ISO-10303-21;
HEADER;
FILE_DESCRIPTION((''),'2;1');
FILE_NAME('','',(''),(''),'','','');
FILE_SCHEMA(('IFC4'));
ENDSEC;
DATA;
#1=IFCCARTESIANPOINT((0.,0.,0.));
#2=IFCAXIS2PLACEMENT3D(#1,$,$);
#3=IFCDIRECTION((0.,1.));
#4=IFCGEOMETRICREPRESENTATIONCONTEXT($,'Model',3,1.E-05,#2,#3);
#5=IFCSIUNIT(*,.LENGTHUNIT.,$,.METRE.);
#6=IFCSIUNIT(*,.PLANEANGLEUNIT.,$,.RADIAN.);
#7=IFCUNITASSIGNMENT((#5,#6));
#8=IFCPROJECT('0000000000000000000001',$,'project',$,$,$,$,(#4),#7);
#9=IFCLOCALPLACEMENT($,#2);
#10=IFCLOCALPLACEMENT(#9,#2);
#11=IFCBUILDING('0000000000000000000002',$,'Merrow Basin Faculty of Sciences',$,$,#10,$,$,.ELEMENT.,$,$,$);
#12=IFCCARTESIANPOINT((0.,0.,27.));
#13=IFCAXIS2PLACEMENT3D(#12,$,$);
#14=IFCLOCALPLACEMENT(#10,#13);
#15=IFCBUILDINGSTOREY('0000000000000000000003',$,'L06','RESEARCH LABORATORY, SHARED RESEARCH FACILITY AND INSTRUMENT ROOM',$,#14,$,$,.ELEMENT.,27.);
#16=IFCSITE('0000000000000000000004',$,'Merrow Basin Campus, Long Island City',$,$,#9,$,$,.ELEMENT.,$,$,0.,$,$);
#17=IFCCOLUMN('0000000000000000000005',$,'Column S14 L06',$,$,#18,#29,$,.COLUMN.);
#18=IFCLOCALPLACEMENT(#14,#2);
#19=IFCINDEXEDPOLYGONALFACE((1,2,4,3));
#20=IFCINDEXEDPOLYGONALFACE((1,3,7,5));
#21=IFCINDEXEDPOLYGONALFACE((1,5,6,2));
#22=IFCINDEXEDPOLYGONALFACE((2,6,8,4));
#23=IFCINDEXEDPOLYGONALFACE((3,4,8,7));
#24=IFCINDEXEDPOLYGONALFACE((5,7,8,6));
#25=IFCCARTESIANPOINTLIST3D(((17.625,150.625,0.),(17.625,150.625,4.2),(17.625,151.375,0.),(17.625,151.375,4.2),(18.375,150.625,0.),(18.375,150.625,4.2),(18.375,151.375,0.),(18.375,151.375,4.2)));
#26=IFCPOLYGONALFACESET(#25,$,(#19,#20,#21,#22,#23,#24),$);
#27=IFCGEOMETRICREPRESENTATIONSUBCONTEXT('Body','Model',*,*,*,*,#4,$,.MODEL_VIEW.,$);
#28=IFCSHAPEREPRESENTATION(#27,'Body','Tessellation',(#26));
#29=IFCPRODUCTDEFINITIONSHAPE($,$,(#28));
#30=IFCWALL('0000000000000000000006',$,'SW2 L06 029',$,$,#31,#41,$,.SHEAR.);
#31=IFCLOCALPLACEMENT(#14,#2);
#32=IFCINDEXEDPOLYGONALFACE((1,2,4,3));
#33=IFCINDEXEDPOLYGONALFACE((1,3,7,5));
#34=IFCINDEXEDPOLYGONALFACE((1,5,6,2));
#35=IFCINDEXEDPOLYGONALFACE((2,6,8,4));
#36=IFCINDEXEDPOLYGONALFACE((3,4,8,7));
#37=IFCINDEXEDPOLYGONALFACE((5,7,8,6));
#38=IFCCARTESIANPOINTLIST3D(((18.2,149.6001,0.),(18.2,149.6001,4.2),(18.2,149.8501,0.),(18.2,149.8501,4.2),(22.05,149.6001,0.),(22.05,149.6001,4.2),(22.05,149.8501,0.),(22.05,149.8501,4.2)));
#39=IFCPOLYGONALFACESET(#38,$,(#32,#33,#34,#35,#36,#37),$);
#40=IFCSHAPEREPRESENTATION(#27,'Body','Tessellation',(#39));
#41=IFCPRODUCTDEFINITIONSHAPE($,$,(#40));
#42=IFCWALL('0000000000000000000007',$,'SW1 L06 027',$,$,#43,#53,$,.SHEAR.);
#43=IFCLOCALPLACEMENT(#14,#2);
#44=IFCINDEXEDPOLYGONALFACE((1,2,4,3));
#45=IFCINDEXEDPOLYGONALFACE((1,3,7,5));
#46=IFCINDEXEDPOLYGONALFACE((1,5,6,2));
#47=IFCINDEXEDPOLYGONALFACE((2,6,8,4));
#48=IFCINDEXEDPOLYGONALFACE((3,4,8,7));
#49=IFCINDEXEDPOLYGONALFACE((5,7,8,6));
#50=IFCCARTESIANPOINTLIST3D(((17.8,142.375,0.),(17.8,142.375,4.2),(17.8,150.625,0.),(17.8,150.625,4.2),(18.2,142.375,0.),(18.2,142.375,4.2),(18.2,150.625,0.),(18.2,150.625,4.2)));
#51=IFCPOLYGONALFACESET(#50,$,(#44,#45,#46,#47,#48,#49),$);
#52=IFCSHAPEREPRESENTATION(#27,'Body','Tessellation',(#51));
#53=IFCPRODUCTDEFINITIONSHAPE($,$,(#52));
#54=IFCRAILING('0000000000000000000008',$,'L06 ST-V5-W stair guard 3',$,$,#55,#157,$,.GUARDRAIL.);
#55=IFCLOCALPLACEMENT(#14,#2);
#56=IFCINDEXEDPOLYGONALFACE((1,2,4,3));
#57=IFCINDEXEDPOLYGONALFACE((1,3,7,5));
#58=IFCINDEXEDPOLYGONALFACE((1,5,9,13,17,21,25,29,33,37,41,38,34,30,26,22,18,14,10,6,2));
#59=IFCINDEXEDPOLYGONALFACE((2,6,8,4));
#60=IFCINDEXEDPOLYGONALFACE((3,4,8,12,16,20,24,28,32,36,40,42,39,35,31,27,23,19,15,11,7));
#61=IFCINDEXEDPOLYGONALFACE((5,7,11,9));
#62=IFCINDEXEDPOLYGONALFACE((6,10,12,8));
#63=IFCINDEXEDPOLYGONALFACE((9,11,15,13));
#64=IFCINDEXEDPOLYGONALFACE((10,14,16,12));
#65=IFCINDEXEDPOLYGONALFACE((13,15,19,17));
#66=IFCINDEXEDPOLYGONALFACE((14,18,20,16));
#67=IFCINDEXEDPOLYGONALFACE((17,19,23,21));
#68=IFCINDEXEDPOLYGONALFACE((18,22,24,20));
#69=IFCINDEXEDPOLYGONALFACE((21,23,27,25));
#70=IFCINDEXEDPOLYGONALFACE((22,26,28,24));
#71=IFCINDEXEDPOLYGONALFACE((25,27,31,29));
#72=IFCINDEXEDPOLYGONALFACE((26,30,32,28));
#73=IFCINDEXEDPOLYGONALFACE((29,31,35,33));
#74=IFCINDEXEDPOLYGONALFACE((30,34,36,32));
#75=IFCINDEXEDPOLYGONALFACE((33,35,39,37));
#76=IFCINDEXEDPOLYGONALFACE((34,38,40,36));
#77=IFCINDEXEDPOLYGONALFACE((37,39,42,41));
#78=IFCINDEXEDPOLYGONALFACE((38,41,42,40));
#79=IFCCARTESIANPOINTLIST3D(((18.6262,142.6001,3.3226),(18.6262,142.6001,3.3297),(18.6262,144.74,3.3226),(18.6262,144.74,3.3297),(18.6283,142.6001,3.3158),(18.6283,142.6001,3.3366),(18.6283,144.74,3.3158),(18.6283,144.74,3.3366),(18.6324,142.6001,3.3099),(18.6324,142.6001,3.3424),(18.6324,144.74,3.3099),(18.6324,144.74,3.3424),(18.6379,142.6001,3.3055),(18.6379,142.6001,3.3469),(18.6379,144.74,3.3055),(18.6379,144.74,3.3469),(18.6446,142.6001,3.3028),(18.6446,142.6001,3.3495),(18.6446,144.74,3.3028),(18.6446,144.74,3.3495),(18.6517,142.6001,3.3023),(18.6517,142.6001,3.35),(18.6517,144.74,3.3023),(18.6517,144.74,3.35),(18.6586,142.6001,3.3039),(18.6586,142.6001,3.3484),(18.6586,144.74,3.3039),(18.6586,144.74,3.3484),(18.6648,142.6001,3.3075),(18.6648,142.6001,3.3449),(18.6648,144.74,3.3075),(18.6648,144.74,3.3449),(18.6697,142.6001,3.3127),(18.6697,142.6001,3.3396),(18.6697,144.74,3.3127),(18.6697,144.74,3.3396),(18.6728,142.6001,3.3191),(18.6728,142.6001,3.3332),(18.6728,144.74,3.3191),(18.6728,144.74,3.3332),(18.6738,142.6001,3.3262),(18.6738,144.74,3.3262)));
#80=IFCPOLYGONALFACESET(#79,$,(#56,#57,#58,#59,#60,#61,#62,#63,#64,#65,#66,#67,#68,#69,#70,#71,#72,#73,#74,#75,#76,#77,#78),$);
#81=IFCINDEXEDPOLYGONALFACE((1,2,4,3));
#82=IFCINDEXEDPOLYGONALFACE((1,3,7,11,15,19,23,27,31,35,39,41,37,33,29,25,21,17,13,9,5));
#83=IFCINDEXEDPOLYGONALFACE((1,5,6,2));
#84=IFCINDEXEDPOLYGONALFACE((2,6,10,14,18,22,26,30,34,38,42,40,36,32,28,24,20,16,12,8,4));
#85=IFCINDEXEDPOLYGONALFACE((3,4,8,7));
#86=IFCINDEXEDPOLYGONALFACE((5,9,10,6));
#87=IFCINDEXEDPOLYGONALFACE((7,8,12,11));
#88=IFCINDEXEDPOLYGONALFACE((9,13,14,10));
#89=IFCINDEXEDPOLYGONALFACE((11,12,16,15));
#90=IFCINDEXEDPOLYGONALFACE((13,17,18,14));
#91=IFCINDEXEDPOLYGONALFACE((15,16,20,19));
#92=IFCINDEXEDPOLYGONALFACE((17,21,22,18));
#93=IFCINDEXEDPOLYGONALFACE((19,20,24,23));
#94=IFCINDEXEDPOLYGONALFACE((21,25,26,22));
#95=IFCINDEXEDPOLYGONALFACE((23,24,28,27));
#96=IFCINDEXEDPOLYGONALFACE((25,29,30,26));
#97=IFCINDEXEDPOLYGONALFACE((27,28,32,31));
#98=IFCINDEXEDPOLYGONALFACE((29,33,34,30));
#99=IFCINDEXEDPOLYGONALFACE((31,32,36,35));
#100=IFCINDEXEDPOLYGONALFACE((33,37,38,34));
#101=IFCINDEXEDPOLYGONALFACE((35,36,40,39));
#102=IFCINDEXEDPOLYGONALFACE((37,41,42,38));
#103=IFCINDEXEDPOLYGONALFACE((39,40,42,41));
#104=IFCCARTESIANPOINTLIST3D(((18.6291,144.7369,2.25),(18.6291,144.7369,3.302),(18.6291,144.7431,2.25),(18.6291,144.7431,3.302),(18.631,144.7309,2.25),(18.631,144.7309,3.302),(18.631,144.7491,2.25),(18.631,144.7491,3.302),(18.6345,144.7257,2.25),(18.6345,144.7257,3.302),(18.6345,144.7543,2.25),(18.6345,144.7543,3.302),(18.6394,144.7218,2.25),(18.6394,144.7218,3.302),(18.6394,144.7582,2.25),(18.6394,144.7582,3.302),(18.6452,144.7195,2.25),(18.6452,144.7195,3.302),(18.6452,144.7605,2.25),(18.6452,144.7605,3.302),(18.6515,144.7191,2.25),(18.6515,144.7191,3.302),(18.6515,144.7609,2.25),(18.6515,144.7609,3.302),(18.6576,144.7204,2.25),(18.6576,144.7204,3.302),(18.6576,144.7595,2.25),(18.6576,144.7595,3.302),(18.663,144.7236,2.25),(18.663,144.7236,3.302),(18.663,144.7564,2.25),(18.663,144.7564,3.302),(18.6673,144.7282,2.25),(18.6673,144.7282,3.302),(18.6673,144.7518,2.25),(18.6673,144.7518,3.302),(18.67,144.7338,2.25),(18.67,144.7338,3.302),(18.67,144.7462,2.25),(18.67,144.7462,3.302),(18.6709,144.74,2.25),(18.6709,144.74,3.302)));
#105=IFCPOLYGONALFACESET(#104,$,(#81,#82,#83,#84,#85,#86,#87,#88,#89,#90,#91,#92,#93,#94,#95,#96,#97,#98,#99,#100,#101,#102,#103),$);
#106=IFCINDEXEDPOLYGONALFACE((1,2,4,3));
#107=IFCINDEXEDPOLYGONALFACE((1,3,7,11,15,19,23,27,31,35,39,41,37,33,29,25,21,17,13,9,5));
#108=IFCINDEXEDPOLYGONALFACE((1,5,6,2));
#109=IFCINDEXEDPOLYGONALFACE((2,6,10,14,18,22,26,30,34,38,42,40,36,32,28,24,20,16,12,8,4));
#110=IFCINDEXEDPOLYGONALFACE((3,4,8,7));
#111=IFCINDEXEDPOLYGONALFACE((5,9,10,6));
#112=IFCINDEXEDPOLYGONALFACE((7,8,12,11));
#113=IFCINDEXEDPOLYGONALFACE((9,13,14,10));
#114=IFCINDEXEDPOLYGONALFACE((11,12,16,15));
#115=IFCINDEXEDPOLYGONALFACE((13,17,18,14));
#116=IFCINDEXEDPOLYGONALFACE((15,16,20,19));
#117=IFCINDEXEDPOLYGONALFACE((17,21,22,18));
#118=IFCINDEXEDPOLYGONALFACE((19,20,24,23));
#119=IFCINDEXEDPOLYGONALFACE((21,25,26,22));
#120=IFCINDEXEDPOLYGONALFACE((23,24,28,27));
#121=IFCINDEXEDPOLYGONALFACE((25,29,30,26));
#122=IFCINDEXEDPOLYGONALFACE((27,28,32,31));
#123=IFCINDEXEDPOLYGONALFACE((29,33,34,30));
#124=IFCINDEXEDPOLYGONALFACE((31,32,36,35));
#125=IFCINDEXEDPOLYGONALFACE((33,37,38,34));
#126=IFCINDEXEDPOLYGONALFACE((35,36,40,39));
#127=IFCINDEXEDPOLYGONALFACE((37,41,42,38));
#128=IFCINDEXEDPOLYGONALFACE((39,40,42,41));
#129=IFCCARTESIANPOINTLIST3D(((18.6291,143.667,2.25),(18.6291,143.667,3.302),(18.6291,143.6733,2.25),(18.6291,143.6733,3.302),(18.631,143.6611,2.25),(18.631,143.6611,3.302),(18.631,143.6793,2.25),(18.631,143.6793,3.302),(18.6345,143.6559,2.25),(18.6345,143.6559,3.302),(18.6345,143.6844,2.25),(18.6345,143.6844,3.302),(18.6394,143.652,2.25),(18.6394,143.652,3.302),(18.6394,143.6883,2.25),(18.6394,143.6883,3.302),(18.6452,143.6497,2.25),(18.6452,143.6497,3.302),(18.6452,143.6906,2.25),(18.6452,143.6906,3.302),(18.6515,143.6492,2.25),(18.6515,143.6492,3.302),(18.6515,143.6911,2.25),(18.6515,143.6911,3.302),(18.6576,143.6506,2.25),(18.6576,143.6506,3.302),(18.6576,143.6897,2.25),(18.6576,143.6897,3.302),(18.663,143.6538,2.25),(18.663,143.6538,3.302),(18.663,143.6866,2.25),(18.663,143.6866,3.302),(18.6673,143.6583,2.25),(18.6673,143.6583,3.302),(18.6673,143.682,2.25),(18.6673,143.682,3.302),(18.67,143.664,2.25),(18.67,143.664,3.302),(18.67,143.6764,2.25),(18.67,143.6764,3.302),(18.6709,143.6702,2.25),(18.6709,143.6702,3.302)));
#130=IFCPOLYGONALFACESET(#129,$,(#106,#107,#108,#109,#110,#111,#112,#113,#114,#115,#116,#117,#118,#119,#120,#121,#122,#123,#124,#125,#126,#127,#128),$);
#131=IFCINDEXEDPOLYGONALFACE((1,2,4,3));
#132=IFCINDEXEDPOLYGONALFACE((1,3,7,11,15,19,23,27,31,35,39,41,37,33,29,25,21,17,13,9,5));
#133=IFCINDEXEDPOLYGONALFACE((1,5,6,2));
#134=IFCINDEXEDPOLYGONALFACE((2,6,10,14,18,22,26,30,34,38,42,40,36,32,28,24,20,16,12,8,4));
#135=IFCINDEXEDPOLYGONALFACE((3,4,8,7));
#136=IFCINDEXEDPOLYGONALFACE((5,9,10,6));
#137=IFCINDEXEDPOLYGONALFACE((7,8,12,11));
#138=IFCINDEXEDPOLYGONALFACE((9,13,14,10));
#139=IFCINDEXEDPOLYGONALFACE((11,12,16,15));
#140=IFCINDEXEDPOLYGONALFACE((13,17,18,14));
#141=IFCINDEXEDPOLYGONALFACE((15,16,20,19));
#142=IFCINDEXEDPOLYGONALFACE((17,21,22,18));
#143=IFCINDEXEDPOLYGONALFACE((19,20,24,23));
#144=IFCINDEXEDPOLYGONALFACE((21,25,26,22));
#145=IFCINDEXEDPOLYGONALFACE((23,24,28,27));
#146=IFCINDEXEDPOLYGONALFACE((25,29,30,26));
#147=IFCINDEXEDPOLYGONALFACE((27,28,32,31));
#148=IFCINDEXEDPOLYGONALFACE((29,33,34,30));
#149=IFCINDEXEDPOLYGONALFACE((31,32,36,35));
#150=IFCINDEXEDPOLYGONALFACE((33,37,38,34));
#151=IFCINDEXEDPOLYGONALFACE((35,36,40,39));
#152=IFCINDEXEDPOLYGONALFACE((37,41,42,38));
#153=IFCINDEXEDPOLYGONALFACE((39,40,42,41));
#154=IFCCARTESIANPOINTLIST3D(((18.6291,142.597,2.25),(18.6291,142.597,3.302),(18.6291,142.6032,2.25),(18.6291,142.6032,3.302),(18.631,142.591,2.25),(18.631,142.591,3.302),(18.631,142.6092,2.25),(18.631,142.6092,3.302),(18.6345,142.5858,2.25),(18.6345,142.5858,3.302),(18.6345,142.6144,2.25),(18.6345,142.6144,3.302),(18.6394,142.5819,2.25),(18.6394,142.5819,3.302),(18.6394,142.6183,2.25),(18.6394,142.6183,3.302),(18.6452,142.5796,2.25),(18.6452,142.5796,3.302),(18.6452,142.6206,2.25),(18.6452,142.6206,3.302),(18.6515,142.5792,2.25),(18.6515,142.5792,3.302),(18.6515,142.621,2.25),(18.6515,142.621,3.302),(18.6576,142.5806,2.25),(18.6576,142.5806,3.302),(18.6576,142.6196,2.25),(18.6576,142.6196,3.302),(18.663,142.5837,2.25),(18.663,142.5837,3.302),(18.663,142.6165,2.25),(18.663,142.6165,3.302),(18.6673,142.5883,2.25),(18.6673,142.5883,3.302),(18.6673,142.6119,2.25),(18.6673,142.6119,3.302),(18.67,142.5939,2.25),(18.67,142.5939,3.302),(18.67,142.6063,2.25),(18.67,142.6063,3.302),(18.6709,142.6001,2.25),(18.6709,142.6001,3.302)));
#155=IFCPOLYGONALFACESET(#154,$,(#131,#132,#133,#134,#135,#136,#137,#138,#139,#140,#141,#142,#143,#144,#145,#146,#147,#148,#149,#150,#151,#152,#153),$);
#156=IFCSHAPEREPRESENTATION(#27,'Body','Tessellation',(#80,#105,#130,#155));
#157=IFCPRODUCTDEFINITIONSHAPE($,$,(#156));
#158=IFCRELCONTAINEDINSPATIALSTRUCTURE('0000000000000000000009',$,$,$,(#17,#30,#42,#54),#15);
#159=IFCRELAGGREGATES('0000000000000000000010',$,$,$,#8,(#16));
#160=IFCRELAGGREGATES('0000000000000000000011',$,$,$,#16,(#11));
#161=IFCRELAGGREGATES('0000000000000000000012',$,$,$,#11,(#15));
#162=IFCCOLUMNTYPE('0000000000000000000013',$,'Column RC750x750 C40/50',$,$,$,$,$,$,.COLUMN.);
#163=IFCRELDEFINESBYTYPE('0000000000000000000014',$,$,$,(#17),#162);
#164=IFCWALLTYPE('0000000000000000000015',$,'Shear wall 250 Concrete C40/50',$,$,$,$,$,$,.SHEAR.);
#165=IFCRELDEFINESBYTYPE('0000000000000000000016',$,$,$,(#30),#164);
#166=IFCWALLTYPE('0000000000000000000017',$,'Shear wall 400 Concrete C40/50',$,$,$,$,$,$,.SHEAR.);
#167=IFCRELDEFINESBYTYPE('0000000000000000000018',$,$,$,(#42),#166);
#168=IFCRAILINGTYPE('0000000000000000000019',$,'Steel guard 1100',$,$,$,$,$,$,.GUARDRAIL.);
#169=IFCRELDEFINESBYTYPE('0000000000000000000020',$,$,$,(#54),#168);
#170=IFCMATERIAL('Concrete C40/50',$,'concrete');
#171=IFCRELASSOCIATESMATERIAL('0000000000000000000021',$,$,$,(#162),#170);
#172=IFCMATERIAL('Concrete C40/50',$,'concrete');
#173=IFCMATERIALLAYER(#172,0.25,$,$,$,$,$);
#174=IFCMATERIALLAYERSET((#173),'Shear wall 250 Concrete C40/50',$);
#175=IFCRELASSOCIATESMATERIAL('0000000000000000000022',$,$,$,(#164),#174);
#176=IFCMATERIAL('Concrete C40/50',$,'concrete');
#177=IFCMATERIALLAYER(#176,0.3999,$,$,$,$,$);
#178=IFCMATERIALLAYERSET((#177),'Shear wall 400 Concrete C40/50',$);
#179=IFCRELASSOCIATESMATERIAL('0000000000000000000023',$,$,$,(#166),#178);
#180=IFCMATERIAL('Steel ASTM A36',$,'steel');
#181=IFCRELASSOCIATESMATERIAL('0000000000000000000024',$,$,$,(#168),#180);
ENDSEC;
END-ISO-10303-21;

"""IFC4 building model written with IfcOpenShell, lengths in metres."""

from ifc_helpers import new_model, si_unit, direction, frame, frame_2d, origin, origin_2d, place, context, subcontext, project, spatial, rectangle, circle, extrude, material, layer, layer_set, material_profile, profile_set, type_object, element, save


model = new_model("IFC4")

# Units and contexts
model_context = context("Model", 3, precision=1e-05, world=origin(), true_north=direction((0.0, 1.0)))
body_context = subcontext(model_context, "Body", "Model", "MODEL_VIEW")
ifc_project = project(units=[si_unit("LENGTHUNIT", "METRE"), si_unit("PLANEANGLEUNIT", "RADIAN")], contexts=[model_context])

# Site, building, storey
site_placement = place(None, origin())
site = spatial("IfcSite", under=ifc_project, at=site_placement, Name="Merrow Basin Campus, Long Island City", CompositionType="ELEMENT", RefElevation=0.0)
building_placement = place(site_placement, origin())
building = spatial("IfcBuilding", under=site, at=building_placement, Name="Merrow Basin Faculty of Sciences", CompositionType="ELEMENT")
storey_placement = place(building_placement, frame((0.0, 0.0, 27.0)))
storey = spatial("IfcBuildingStorey", under=building, at=storey_placement, Name="L06", Description="RESEARCH LABORATORY, SHARED RESEARCH FACILITY AND INSTRUMENT ROOM", CompositionType="ELEMENT", Elevation=27.0)

# Column
ifc_material_1 = material(Name="Concrete C40/50", Category="concrete")
ifc_material_profile = material_profile(ifc_material_1, rectangle(XDim=0.75, YDim=0.75, at=origin_2d()))
ifc_profile_set = profile_set([ifc_material_profile], Name="Concrete C40/50")
column_type = type_object("IfcColumnType", Name="Column RC750x750 C40/50", PredefinedType="COLUMN", material=ifc_profile_set)
column_placement = place(storey_placement, frame((18.0, 151.0, 0.0), z_axis=(0.0, 0.0, 1.0), x_axis=(1.0, 0.0, 0.0)))
element("IfcColumn", 1, at=column_placement, inside=storey, type_object=column_type, Name="Column S14 L06", PredefinedType="COLUMN", context=body_context, shape_type="SweptSolid", body=[
    extrude(rectangle(XDim=0.75, YDim=0.75, at=origin_2d()), origin(), (0.0, 0.0, 1.0), 4.2),
])

# Wall
ifc_material_2 = material(Name="Concrete C40/50", Category="concrete")
ifc_layer_1 = layer(ifc_material_2, 0.25)
ifc_layer_set_1 = layer_set([ifc_layer_1], Name="Shear wall 250 Concrete C40/50")
wall_type_1 = type_object("IfcWallType", Name="Shear wall 250 Concrete C40/50", PredefinedType="SHEAR", material=ifc_layer_set_1)
wall_1_placement = place(storey_placement, frame((18.2, 149.7251, 0.0), z_axis=(0.0, 0.0, 1.0), x_axis=(1.0, 0.0, 0.0)))
element("IfcWall", 2, at=wall_1_placement, inside=storey, type_object=wall_type_1, Name="SW2 L06 029", PredefinedType="SHEAR", context=body_context, shape_type="SweptSolid", body=[
    extrude(rectangle(XDim=3.8501, YDim=0.25, at=frame_2d((1.925, 0.0))), origin(), (0.0, 0.0, 1.0), 4.2),
])

# Shared definitions
ifc_material_3 = material(Name="Concrete C40/50", Category="concrete")
ifc_layer_2 = layer(ifc_material_3, 0.3999)
ifc_layer_set_2 = layer_set([ifc_layer_2], Name="Shear wall 400 Concrete C40/50")
wall_type_2 = type_object("IfcWallType", Name="Shear wall 400 Concrete C40/50", PredefinedType="SHEAR", material=ifc_layer_set_2)

# Wall
wall_2_placement = place(storey_placement, frame((18.0, 142.375, 0.0), z_axis=(0.0, 0.0, 1.0), x_axis=(0.0, 1.0, 0.0)))
element("IfcWall", 3, at=wall_2_placement, inside=storey, type_object=wall_type_2, Name="SW1 L06 027", PredefinedType="SHEAR", context=body_context, shape_type="SweptSolid", body=[
    extrude(rectangle(XDim=8.25, YDim=0.3999, at=frame_2d((4.125, 0.0))), origin(), (0.0, 0.0, 1.0), 4.2),
])

# Railing
ifc_material_4 = material(Name="Steel ASTM A36", Category="steel")
railing_type_1 = type_object("IfcRailingType", Name="Steel guard 1100", PredefinedType="GUARDRAIL", material=ifc_material_4)
railing_1_placement = place(storey_placement, frame((18.6499, 144.74, 2.25)))
element("IfcRailing", 4, at=railing_1_placement, inside=storey, type_object=railing_type_1, Name="L06 ST-V5-W stair guard 3", PredefinedType="GUARDRAIL", context=body_context, shape_type="SweptSolid", body=[
    extrude(circle(Radius=0.0239, at=origin_2d()), frame((0.0, 0.0, 1.0762), z_axis=(0.0, -1.0, 0.0), x_axis=(1.0, 0.0, 0.0)), (0.0, 0.0, 1.0), 2.1399),
    extrude(circle(Radius=0.021, at=origin_2d()), origin(), (0.0, 0.0, 1.0), 1.052),
    extrude(circle(Radius=0.021, at=origin_2d()), frame((0.0, -1.0698, 0.0)), (0.0, 0.0, 1.0), 1.052),
    extrude(circle(Radius=0.021, at=origin_2d()), frame((0.0, -2.1399, 0.0)), (0.0, 0.0, 1.0), 1.052),
])

save(model, "model.ifc")
